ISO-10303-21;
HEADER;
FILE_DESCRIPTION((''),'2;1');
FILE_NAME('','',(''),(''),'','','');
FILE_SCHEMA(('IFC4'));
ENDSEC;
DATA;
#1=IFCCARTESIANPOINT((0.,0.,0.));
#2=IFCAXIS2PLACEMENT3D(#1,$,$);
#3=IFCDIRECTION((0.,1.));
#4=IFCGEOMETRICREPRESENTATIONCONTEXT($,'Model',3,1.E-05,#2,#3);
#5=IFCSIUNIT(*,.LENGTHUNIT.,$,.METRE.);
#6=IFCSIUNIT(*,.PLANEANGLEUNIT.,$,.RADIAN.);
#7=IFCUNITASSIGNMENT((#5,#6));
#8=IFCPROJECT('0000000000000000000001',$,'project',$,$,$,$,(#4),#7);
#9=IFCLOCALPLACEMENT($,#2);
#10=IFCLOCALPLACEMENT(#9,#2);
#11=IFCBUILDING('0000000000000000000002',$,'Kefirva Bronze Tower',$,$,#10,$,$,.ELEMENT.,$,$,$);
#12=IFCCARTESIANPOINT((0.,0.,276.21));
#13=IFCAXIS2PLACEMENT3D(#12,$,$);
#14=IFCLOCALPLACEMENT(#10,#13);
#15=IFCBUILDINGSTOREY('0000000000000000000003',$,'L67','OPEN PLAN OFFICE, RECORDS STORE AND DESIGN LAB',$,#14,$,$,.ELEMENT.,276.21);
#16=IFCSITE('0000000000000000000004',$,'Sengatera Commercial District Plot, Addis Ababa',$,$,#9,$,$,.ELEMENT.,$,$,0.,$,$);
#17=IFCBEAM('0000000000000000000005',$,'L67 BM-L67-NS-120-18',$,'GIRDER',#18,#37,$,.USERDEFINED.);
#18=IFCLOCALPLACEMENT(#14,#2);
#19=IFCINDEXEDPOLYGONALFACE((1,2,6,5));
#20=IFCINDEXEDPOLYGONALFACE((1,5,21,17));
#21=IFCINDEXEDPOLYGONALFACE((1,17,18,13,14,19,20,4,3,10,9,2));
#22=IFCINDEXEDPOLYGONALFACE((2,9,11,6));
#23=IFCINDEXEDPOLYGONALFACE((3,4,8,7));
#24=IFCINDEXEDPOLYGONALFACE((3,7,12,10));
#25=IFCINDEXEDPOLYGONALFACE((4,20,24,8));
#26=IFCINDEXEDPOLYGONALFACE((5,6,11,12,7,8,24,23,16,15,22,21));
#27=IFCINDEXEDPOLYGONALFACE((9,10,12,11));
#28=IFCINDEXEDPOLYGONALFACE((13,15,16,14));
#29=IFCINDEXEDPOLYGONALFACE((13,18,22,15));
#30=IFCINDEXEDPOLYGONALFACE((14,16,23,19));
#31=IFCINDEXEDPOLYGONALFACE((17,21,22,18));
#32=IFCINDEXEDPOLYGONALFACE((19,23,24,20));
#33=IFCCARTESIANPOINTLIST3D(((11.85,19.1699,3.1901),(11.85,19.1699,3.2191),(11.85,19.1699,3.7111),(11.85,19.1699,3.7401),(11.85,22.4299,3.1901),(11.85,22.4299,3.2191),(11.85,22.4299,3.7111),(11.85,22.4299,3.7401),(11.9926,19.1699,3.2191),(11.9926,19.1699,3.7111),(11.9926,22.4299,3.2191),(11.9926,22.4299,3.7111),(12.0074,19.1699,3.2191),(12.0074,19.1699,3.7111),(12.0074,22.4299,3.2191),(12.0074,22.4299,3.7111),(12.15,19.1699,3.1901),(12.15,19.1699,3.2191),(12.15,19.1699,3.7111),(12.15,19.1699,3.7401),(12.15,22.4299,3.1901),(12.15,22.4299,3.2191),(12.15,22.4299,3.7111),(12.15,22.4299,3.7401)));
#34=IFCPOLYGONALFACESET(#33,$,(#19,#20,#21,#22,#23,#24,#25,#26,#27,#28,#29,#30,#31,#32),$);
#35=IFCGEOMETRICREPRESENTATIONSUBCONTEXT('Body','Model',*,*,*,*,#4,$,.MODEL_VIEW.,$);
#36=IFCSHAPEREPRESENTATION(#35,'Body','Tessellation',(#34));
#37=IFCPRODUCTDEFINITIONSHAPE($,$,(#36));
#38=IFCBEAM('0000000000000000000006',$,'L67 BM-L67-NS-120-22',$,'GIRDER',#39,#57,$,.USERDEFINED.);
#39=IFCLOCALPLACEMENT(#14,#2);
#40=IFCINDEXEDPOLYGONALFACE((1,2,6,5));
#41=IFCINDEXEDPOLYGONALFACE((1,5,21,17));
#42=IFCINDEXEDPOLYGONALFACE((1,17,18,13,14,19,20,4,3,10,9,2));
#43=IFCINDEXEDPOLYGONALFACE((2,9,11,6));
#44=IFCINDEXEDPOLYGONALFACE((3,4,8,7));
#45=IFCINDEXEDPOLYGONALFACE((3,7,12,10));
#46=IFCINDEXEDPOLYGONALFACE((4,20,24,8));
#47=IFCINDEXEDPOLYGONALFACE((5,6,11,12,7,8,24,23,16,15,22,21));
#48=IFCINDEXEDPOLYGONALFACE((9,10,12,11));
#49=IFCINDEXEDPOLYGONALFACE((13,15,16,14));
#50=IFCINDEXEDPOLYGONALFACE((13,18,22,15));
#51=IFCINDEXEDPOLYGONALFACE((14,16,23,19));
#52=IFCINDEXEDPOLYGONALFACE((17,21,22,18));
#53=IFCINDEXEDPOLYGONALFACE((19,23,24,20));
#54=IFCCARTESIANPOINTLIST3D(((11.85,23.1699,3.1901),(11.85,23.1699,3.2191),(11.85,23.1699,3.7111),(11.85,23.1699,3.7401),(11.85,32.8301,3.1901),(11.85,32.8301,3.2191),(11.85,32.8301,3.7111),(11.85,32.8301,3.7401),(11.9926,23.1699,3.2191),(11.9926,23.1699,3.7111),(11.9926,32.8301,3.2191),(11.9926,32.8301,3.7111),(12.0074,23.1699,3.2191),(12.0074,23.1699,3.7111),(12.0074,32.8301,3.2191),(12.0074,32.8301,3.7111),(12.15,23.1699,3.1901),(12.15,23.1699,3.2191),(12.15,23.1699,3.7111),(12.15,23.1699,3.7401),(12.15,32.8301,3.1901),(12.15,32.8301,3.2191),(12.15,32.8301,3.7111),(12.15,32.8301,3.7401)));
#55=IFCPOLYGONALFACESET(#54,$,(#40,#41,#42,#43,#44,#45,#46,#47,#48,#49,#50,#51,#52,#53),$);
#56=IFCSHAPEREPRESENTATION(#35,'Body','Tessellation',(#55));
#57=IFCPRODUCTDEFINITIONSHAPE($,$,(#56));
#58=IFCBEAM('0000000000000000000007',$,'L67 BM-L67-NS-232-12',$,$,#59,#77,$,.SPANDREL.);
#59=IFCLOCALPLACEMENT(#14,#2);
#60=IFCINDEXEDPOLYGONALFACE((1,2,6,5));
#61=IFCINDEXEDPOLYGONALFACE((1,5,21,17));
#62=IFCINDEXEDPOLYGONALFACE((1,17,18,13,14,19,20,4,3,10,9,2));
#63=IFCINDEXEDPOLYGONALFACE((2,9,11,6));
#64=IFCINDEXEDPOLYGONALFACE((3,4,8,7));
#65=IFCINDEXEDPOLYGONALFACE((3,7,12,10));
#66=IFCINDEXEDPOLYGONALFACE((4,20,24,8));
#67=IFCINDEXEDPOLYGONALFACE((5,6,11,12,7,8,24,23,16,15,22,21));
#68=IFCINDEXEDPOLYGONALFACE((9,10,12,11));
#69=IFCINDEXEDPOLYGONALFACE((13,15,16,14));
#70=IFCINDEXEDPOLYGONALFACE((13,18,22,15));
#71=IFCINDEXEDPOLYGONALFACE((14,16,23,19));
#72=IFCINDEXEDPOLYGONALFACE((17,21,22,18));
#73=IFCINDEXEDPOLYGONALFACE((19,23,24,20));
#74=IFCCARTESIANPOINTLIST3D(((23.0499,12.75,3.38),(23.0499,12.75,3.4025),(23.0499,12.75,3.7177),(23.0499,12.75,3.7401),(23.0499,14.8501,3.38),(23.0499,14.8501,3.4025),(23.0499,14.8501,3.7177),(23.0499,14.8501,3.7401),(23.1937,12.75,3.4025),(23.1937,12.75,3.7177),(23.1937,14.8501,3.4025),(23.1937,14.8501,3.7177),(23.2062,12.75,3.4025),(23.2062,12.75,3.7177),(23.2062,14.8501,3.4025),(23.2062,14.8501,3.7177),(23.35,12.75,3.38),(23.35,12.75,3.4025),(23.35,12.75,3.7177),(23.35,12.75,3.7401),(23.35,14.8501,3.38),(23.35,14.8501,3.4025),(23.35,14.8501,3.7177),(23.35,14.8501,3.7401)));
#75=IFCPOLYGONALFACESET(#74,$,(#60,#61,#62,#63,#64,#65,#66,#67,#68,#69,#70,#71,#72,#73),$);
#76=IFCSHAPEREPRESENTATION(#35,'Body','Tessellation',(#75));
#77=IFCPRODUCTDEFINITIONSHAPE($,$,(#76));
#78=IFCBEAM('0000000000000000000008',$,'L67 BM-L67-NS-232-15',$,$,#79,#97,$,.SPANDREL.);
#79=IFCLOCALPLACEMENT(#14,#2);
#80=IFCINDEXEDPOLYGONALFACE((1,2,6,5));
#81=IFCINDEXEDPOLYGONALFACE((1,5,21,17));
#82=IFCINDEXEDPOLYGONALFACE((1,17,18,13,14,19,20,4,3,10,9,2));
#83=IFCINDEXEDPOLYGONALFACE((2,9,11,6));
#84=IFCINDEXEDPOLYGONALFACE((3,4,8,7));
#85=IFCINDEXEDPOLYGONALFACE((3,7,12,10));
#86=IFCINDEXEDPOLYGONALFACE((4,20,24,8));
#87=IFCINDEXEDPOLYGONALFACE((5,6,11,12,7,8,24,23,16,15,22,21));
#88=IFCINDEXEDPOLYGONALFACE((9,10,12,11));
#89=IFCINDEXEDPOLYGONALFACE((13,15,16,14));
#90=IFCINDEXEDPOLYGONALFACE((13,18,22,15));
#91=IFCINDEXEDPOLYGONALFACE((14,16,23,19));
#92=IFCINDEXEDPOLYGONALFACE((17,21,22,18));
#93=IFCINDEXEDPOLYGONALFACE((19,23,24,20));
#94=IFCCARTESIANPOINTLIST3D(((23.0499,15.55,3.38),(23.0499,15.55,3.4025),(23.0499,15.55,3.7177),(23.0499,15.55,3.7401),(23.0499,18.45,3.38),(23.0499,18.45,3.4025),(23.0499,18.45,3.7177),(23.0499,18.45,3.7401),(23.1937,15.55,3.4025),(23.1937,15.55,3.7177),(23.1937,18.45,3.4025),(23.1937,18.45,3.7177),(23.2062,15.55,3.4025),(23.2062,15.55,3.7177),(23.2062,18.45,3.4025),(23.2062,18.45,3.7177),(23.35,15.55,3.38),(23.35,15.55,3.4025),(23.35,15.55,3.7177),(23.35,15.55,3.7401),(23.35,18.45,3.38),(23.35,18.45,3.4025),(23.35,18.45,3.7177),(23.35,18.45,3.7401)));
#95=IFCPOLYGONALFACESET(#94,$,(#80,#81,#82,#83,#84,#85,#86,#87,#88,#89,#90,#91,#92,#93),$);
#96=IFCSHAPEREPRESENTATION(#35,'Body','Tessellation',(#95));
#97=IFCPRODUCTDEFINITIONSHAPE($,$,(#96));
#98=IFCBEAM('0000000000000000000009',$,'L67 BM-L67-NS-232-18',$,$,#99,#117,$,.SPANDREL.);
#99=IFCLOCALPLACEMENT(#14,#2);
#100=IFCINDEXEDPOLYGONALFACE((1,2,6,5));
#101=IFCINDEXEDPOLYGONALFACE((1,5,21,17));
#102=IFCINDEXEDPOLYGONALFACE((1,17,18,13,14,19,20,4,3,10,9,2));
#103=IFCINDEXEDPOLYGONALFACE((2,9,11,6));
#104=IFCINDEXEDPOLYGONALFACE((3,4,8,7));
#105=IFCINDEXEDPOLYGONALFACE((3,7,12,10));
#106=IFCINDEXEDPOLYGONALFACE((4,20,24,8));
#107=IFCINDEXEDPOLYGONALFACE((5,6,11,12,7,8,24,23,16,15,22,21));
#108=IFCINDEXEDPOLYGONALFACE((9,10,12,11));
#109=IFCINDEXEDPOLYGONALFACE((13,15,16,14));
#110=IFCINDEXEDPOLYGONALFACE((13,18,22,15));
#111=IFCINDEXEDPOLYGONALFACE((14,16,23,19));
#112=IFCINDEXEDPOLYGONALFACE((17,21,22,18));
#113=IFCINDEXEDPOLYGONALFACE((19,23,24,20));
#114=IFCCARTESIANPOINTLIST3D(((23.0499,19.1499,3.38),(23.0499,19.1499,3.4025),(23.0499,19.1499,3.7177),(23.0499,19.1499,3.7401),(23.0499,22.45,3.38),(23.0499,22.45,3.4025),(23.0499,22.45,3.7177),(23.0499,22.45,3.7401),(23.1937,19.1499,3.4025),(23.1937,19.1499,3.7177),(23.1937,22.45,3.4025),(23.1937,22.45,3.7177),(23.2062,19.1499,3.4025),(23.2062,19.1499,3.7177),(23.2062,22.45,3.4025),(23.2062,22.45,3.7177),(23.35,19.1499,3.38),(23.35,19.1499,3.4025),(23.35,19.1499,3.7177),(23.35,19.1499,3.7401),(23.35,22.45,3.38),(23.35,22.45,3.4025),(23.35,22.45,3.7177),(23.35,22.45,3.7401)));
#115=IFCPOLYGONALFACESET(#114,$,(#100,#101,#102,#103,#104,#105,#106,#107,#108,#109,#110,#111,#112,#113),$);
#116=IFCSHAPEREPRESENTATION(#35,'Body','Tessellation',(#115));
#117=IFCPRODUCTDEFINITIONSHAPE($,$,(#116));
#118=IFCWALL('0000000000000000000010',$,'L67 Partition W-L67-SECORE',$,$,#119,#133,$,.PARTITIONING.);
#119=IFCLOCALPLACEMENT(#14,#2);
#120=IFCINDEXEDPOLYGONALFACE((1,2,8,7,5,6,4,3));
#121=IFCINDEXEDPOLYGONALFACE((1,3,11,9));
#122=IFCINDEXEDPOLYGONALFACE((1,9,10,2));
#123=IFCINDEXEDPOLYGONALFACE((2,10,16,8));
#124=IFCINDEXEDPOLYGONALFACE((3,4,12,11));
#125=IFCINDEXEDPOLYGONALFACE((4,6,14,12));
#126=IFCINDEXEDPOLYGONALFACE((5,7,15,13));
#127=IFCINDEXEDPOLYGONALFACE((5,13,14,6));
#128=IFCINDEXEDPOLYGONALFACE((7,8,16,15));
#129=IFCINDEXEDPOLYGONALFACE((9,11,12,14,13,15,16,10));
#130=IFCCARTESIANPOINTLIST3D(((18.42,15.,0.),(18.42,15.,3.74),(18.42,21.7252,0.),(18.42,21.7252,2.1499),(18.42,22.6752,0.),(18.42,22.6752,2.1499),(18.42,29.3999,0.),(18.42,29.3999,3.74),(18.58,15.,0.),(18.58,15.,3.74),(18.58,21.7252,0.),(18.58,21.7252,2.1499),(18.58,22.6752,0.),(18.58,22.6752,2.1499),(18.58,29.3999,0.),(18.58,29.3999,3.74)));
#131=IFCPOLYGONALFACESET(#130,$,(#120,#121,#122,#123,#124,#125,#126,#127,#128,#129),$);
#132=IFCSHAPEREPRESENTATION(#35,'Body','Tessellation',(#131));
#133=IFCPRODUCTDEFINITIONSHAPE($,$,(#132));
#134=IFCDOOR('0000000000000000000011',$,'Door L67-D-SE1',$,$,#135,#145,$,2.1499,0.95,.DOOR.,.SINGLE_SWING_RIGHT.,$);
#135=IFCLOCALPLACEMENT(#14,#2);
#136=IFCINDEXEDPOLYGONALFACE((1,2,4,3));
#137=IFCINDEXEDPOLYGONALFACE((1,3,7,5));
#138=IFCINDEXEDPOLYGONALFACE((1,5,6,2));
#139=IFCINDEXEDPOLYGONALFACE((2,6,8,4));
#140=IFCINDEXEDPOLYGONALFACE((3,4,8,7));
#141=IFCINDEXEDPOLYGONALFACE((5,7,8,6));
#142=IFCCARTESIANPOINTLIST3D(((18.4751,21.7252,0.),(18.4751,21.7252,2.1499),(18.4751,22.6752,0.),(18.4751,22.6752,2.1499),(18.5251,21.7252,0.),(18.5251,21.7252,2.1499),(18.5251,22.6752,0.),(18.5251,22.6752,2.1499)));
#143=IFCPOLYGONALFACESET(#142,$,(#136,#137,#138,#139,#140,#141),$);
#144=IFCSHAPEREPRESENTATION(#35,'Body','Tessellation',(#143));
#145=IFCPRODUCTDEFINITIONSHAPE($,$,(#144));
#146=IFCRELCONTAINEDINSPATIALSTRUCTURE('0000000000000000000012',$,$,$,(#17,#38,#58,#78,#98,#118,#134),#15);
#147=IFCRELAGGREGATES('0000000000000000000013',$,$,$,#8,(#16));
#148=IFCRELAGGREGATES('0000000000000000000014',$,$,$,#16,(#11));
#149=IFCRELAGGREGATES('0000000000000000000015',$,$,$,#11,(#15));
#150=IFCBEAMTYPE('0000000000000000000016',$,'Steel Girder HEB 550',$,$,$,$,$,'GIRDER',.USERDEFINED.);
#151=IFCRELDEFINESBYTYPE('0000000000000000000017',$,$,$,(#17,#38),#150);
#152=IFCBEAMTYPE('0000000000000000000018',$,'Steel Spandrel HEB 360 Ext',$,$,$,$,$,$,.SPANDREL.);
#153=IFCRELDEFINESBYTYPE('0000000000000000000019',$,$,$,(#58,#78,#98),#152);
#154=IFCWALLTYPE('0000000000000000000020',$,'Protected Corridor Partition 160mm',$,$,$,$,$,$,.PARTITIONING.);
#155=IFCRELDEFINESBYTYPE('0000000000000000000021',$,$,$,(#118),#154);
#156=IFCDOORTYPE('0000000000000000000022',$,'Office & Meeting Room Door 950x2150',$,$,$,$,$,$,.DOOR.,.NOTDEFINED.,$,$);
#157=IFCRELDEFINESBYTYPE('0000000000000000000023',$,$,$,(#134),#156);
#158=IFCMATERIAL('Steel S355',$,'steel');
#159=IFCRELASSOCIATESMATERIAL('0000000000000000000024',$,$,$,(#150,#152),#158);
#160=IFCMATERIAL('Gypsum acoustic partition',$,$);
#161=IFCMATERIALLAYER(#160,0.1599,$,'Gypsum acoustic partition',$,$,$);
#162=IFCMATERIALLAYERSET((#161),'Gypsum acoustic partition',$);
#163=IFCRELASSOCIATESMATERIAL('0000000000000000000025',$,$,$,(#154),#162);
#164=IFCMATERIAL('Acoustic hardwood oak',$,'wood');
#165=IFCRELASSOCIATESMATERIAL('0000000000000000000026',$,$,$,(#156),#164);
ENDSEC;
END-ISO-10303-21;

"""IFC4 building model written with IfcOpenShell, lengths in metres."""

from ifc_helpers import new_model, si_unit, direction, frame, frame_2d, origin, origin_2d, place, context, subcontext, project, spatial, rectangle, i_section, extrude, material, layer, layer_set, material_profile, profile_set, type_object, element, fill, save


model = new_model("IFC4")

# Units and contexts
model_context = context("Model", 3, precision=1e-05, world=origin(), true_north=direction((0.0, 1.0)))
body_context = subcontext(model_context, "Body", "Model", "MODEL_VIEW")
ifc_project = project(units=[si_unit("LENGTHUNIT", "METRE"), si_unit("PLANEANGLEUNIT", "RADIAN")], contexts=[model_context])

# Site, building, storey
site_placement = place(None, origin())
site = spatial("IfcSite", under=ifc_project, at=site_placement, Name="Sengatera Commercial District Plot, Addis Ababa", CompositionType="ELEMENT", RefElevation=0.0)
building_placement = place(site_placement, origin())
building = spatial("IfcBuilding", under=site, at=building_placement, Name="Kefirva Bronze Tower", CompositionType="ELEMENT")
storey_placement = place(building_placement, frame((0.0, 0.0, 276.21)))
storey = spatial("IfcBuildingStorey", under=building, at=storey_placement, Name="L67", Description="OPEN PLAN OFFICE, RECORDS STORE AND DESIGN LAB", CompositionType="ELEMENT", Elevation=276.21)

# Beams
ifc_material_1 = material(Name="Steel S355", Category="steel")
ifc_material_profile_1 = material_profile(ifc_material_1, i_section(OverallWidth=0.3, OverallDepth=0.55, WebThickness=0.0149, FlangeThickness=0.0291, at=origin_2d()), Name="HEB 550")
ifc_profile_set_1 = profile_set([ifc_material_profile_1], Name="Steel S355")
beam_type_1 = type_object("IfcBeamType", Name="Steel Girder HEB 550", ElementType="GIRDER", PredefinedType="USERDEFINED", material=ifc_profile_set_1)
beam_1_placement = place(storey_placement, frame((12.0, 19.1699, 3.4651), z_axis=(0.0, 1.0, 0.0), x_axis=(-1.0, 0.0, 0.0)))
element("IfcBeam", 1, at=beam_1_placement, inside=storey, type_object=beam_type_1, Name="L67 BM-L67-NS-120-18", ObjectType="GIRDER", PredefinedType="USERDEFINED", context=body_context, shape_type="SweptSolid", body=[
    extrude(i_section(OverallWidth=0.3, OverallDepth=0.55, WebThickness=0.0149, FlangeThickness=0.0291, at=origin_2d()), origin(), (0.0, 0.0, 1.0), 3.26),
])
beam_2_placement = place(storey_placement, frame((12.0, 23.1699, 3.4651), z_axis=(0.0, 1.0, 0.0), x_axis=(-1.0, 0.0, 0.0)))
element("IfcBeam", 2, at=beam_2_placement, inside=storey, type_object=beam_type_1, Name="L67 BM-L67-NS-120-22", ObjectType="GIRDER", PredefinedType="USERDEFINED", context=body_context, shape_type="SweptSolid", body=[
    extrude(i_section(OverallWidth=0.3, OverallDepth=0.55, WebThickness=0.0149, FlangeThickness=0.0291, at=origin_2d()), origin(), (0.0, 0.0, 1.0), 9.6602),
])
ifc_material_profile_2 = material_profile(ifc_material_1, i_section(OverallWidth=0.3, OverallDepth=0.3601, WebThickness=0.0125, FlangeThickness=0.0225, at=origin_2d()), Name="HEB 360")
ifc_profile_set_2 = profile_set([ifc_material_profile_2], Name="Steel S355")
beam_type_2 = type_object("IfcBeamType", Name="Steel Spandrel HEB 360 Ext", PredefinedType="SPANDREL", material=ifc_profile_set_2)
beam_3_placement = place(storey_placement, frame((23.2, 12.75, 3.5601), z_axis=(0.0, 1.0, 0.0), x_axis=(-1.0, 0.0, 0.0)))
element("IfcBeam", 3, at=beam_3_placement, inside=storey, type_object=beam_type_2, Name="L67 BM-L67-NS-232-12", PredefinedType="SPANDREL", context=body_context, shape_type="SweptSolid", body=[
    extrude(i_section(OverallWidth=0.3, OverallDepth=0.3601, WebThickness=0.0125, FlangeThickness=0.0225, at=origin_2d()), origin(), (0.0, 0.0, 1.0), 2.1001),
])
beam_4_placement = place(storey_placement, frame((23.2, 15.55, 3.5601), z_axis=(0.0, 1.0, 0.0), x_axis=(-1.0, 0.0, 0.0)))
element("IfcBeam", 4, at=beam_4_placement, inside=storey, type_object=beam_type_2, Name="L67 BM-L67-NS-232-15", PredefinedType="SPANDREL", context=body_context, shape_type="SweptSolid", body=[
    extrude(i_section(OverallWidth=0.3, OverallDepth=0.3601, WebThickness=0.0125, FlangeThickness=0.0225, at=origin_2d()), origin(), (0.0, 0.0, 1.0), 2.8999),
])
beam_5_placement = place(storey_placement, frame((23.2, 19.1499, 3.5601), z_axis=(0.0, 1.0, 0.0), x_axis=(-1.0, 0.0, 0.0)))
element("IfcBeam", 5, at=beam_5_placement, inside=storey, type_object=beam_type_2, Name="L67 BM-L67-NS-232-18", PredefinedType="SPANDREL", context=body_context, shape_type="SweptSolid", body=[
    extrude(i_section(OverallWidth=0.3, OverallDepth=0.3601, WebThickness=0.0125, FlangeThickness=0.0225, at=origin_2d()), origin(), (0.0, 0.0, 1.0), 3.3),
])

# Shared definitions
ifc_material_2 = material(Name="Gypsum acoustic partition")
ifc_layer = layer(ifc_material_2, 0.1599, Name="Gypsum acoustic partition")
ifc_layer_set = layer_set([ifc_layer], Name="Gypsum acoustic partition")
wall_type = type_object("IfcWallType", Name="Protected Corridor Partition 160mm", PredefinedType="PARTITIONING", material=ifc_layer_set)
ifc_material_3 = material(Name="Acoustic hardwood oak", Category="wood")
door_type = type_object("IfcDoorType", Name="Office & Meeting Room Door 950x2150", OperationType="NOTDEFINED", PredefinedType="DOOR", material=ifc_material_3)

# Wall, opening, door
wall_1_placement = place(storey_placement, frame((18.5, 15.0, 0.0), z_axis=(0.0, 0.0, 1.0), x_axis=(0.0, 1.0, 0.0)))
wall_1 = element("IfcWall", 6, at=wall_1_placement, inside=storey, type_object=wall_type, Name="L67 Partition W-L67-SECORE", PredefinedType="PARTITIONING", context=body_context, shape_type="SweptSolid", body=[
    extrude(rectangle(XDim=14.3999, YDim=0.1599, at=frame_2d((7.2, 0.0))), origin(), (0.0, 0.0, 1.0), 3.74),
])
opening_1_placement = place(wall_1_placement, frame((6.7251, 0.0, 0.0)))
opening_1 = element("IfcOpeningElement", 7, at=opening_1_placement, cuts=wall_1, PredefinedType="OPENING", context=body_context, shape_type="SweptSolid", body=[
    extrude(rectangle(XDim=0.95, YDim=2.1499, at=frame_2d((0.4751, 1.075))), frame((0.0, 0.0898, 0.0), z_axis=(0.0, -1.0, 0.0), x_axis=(1.0, 0.0, 0.0)), (0.0, 0.0, 1.0), 0.1799),
])
door_1_placement = place(opening_1_placement, origin())
door_1 = element("IfcDoor", 8, at=door_1_placement, inside=storey, type_object=door_type, Name="Door L67-D-SE1", OperationType="SINGLE_SWING_RIGHT", OverallHeight=2.1499, OverallWidth=0.95, PredefinedType="DOOR", context=body_context, shape_type="SweptSolid", body=[
    extrude(rectangle(XDim=0.95, YDim=2.1499, at=frame_2d((0.4751, 1.075))), frame((0.0, 0.0249, 0.0), z_axis=(0.0, -1.0, 0.0), x_axis=(1.0, 0.0, 0.0)), (0.0, 0.0, 1.0), 0.05),
])
fill(opening_1, door_1)

save(model, "model.ifc")
